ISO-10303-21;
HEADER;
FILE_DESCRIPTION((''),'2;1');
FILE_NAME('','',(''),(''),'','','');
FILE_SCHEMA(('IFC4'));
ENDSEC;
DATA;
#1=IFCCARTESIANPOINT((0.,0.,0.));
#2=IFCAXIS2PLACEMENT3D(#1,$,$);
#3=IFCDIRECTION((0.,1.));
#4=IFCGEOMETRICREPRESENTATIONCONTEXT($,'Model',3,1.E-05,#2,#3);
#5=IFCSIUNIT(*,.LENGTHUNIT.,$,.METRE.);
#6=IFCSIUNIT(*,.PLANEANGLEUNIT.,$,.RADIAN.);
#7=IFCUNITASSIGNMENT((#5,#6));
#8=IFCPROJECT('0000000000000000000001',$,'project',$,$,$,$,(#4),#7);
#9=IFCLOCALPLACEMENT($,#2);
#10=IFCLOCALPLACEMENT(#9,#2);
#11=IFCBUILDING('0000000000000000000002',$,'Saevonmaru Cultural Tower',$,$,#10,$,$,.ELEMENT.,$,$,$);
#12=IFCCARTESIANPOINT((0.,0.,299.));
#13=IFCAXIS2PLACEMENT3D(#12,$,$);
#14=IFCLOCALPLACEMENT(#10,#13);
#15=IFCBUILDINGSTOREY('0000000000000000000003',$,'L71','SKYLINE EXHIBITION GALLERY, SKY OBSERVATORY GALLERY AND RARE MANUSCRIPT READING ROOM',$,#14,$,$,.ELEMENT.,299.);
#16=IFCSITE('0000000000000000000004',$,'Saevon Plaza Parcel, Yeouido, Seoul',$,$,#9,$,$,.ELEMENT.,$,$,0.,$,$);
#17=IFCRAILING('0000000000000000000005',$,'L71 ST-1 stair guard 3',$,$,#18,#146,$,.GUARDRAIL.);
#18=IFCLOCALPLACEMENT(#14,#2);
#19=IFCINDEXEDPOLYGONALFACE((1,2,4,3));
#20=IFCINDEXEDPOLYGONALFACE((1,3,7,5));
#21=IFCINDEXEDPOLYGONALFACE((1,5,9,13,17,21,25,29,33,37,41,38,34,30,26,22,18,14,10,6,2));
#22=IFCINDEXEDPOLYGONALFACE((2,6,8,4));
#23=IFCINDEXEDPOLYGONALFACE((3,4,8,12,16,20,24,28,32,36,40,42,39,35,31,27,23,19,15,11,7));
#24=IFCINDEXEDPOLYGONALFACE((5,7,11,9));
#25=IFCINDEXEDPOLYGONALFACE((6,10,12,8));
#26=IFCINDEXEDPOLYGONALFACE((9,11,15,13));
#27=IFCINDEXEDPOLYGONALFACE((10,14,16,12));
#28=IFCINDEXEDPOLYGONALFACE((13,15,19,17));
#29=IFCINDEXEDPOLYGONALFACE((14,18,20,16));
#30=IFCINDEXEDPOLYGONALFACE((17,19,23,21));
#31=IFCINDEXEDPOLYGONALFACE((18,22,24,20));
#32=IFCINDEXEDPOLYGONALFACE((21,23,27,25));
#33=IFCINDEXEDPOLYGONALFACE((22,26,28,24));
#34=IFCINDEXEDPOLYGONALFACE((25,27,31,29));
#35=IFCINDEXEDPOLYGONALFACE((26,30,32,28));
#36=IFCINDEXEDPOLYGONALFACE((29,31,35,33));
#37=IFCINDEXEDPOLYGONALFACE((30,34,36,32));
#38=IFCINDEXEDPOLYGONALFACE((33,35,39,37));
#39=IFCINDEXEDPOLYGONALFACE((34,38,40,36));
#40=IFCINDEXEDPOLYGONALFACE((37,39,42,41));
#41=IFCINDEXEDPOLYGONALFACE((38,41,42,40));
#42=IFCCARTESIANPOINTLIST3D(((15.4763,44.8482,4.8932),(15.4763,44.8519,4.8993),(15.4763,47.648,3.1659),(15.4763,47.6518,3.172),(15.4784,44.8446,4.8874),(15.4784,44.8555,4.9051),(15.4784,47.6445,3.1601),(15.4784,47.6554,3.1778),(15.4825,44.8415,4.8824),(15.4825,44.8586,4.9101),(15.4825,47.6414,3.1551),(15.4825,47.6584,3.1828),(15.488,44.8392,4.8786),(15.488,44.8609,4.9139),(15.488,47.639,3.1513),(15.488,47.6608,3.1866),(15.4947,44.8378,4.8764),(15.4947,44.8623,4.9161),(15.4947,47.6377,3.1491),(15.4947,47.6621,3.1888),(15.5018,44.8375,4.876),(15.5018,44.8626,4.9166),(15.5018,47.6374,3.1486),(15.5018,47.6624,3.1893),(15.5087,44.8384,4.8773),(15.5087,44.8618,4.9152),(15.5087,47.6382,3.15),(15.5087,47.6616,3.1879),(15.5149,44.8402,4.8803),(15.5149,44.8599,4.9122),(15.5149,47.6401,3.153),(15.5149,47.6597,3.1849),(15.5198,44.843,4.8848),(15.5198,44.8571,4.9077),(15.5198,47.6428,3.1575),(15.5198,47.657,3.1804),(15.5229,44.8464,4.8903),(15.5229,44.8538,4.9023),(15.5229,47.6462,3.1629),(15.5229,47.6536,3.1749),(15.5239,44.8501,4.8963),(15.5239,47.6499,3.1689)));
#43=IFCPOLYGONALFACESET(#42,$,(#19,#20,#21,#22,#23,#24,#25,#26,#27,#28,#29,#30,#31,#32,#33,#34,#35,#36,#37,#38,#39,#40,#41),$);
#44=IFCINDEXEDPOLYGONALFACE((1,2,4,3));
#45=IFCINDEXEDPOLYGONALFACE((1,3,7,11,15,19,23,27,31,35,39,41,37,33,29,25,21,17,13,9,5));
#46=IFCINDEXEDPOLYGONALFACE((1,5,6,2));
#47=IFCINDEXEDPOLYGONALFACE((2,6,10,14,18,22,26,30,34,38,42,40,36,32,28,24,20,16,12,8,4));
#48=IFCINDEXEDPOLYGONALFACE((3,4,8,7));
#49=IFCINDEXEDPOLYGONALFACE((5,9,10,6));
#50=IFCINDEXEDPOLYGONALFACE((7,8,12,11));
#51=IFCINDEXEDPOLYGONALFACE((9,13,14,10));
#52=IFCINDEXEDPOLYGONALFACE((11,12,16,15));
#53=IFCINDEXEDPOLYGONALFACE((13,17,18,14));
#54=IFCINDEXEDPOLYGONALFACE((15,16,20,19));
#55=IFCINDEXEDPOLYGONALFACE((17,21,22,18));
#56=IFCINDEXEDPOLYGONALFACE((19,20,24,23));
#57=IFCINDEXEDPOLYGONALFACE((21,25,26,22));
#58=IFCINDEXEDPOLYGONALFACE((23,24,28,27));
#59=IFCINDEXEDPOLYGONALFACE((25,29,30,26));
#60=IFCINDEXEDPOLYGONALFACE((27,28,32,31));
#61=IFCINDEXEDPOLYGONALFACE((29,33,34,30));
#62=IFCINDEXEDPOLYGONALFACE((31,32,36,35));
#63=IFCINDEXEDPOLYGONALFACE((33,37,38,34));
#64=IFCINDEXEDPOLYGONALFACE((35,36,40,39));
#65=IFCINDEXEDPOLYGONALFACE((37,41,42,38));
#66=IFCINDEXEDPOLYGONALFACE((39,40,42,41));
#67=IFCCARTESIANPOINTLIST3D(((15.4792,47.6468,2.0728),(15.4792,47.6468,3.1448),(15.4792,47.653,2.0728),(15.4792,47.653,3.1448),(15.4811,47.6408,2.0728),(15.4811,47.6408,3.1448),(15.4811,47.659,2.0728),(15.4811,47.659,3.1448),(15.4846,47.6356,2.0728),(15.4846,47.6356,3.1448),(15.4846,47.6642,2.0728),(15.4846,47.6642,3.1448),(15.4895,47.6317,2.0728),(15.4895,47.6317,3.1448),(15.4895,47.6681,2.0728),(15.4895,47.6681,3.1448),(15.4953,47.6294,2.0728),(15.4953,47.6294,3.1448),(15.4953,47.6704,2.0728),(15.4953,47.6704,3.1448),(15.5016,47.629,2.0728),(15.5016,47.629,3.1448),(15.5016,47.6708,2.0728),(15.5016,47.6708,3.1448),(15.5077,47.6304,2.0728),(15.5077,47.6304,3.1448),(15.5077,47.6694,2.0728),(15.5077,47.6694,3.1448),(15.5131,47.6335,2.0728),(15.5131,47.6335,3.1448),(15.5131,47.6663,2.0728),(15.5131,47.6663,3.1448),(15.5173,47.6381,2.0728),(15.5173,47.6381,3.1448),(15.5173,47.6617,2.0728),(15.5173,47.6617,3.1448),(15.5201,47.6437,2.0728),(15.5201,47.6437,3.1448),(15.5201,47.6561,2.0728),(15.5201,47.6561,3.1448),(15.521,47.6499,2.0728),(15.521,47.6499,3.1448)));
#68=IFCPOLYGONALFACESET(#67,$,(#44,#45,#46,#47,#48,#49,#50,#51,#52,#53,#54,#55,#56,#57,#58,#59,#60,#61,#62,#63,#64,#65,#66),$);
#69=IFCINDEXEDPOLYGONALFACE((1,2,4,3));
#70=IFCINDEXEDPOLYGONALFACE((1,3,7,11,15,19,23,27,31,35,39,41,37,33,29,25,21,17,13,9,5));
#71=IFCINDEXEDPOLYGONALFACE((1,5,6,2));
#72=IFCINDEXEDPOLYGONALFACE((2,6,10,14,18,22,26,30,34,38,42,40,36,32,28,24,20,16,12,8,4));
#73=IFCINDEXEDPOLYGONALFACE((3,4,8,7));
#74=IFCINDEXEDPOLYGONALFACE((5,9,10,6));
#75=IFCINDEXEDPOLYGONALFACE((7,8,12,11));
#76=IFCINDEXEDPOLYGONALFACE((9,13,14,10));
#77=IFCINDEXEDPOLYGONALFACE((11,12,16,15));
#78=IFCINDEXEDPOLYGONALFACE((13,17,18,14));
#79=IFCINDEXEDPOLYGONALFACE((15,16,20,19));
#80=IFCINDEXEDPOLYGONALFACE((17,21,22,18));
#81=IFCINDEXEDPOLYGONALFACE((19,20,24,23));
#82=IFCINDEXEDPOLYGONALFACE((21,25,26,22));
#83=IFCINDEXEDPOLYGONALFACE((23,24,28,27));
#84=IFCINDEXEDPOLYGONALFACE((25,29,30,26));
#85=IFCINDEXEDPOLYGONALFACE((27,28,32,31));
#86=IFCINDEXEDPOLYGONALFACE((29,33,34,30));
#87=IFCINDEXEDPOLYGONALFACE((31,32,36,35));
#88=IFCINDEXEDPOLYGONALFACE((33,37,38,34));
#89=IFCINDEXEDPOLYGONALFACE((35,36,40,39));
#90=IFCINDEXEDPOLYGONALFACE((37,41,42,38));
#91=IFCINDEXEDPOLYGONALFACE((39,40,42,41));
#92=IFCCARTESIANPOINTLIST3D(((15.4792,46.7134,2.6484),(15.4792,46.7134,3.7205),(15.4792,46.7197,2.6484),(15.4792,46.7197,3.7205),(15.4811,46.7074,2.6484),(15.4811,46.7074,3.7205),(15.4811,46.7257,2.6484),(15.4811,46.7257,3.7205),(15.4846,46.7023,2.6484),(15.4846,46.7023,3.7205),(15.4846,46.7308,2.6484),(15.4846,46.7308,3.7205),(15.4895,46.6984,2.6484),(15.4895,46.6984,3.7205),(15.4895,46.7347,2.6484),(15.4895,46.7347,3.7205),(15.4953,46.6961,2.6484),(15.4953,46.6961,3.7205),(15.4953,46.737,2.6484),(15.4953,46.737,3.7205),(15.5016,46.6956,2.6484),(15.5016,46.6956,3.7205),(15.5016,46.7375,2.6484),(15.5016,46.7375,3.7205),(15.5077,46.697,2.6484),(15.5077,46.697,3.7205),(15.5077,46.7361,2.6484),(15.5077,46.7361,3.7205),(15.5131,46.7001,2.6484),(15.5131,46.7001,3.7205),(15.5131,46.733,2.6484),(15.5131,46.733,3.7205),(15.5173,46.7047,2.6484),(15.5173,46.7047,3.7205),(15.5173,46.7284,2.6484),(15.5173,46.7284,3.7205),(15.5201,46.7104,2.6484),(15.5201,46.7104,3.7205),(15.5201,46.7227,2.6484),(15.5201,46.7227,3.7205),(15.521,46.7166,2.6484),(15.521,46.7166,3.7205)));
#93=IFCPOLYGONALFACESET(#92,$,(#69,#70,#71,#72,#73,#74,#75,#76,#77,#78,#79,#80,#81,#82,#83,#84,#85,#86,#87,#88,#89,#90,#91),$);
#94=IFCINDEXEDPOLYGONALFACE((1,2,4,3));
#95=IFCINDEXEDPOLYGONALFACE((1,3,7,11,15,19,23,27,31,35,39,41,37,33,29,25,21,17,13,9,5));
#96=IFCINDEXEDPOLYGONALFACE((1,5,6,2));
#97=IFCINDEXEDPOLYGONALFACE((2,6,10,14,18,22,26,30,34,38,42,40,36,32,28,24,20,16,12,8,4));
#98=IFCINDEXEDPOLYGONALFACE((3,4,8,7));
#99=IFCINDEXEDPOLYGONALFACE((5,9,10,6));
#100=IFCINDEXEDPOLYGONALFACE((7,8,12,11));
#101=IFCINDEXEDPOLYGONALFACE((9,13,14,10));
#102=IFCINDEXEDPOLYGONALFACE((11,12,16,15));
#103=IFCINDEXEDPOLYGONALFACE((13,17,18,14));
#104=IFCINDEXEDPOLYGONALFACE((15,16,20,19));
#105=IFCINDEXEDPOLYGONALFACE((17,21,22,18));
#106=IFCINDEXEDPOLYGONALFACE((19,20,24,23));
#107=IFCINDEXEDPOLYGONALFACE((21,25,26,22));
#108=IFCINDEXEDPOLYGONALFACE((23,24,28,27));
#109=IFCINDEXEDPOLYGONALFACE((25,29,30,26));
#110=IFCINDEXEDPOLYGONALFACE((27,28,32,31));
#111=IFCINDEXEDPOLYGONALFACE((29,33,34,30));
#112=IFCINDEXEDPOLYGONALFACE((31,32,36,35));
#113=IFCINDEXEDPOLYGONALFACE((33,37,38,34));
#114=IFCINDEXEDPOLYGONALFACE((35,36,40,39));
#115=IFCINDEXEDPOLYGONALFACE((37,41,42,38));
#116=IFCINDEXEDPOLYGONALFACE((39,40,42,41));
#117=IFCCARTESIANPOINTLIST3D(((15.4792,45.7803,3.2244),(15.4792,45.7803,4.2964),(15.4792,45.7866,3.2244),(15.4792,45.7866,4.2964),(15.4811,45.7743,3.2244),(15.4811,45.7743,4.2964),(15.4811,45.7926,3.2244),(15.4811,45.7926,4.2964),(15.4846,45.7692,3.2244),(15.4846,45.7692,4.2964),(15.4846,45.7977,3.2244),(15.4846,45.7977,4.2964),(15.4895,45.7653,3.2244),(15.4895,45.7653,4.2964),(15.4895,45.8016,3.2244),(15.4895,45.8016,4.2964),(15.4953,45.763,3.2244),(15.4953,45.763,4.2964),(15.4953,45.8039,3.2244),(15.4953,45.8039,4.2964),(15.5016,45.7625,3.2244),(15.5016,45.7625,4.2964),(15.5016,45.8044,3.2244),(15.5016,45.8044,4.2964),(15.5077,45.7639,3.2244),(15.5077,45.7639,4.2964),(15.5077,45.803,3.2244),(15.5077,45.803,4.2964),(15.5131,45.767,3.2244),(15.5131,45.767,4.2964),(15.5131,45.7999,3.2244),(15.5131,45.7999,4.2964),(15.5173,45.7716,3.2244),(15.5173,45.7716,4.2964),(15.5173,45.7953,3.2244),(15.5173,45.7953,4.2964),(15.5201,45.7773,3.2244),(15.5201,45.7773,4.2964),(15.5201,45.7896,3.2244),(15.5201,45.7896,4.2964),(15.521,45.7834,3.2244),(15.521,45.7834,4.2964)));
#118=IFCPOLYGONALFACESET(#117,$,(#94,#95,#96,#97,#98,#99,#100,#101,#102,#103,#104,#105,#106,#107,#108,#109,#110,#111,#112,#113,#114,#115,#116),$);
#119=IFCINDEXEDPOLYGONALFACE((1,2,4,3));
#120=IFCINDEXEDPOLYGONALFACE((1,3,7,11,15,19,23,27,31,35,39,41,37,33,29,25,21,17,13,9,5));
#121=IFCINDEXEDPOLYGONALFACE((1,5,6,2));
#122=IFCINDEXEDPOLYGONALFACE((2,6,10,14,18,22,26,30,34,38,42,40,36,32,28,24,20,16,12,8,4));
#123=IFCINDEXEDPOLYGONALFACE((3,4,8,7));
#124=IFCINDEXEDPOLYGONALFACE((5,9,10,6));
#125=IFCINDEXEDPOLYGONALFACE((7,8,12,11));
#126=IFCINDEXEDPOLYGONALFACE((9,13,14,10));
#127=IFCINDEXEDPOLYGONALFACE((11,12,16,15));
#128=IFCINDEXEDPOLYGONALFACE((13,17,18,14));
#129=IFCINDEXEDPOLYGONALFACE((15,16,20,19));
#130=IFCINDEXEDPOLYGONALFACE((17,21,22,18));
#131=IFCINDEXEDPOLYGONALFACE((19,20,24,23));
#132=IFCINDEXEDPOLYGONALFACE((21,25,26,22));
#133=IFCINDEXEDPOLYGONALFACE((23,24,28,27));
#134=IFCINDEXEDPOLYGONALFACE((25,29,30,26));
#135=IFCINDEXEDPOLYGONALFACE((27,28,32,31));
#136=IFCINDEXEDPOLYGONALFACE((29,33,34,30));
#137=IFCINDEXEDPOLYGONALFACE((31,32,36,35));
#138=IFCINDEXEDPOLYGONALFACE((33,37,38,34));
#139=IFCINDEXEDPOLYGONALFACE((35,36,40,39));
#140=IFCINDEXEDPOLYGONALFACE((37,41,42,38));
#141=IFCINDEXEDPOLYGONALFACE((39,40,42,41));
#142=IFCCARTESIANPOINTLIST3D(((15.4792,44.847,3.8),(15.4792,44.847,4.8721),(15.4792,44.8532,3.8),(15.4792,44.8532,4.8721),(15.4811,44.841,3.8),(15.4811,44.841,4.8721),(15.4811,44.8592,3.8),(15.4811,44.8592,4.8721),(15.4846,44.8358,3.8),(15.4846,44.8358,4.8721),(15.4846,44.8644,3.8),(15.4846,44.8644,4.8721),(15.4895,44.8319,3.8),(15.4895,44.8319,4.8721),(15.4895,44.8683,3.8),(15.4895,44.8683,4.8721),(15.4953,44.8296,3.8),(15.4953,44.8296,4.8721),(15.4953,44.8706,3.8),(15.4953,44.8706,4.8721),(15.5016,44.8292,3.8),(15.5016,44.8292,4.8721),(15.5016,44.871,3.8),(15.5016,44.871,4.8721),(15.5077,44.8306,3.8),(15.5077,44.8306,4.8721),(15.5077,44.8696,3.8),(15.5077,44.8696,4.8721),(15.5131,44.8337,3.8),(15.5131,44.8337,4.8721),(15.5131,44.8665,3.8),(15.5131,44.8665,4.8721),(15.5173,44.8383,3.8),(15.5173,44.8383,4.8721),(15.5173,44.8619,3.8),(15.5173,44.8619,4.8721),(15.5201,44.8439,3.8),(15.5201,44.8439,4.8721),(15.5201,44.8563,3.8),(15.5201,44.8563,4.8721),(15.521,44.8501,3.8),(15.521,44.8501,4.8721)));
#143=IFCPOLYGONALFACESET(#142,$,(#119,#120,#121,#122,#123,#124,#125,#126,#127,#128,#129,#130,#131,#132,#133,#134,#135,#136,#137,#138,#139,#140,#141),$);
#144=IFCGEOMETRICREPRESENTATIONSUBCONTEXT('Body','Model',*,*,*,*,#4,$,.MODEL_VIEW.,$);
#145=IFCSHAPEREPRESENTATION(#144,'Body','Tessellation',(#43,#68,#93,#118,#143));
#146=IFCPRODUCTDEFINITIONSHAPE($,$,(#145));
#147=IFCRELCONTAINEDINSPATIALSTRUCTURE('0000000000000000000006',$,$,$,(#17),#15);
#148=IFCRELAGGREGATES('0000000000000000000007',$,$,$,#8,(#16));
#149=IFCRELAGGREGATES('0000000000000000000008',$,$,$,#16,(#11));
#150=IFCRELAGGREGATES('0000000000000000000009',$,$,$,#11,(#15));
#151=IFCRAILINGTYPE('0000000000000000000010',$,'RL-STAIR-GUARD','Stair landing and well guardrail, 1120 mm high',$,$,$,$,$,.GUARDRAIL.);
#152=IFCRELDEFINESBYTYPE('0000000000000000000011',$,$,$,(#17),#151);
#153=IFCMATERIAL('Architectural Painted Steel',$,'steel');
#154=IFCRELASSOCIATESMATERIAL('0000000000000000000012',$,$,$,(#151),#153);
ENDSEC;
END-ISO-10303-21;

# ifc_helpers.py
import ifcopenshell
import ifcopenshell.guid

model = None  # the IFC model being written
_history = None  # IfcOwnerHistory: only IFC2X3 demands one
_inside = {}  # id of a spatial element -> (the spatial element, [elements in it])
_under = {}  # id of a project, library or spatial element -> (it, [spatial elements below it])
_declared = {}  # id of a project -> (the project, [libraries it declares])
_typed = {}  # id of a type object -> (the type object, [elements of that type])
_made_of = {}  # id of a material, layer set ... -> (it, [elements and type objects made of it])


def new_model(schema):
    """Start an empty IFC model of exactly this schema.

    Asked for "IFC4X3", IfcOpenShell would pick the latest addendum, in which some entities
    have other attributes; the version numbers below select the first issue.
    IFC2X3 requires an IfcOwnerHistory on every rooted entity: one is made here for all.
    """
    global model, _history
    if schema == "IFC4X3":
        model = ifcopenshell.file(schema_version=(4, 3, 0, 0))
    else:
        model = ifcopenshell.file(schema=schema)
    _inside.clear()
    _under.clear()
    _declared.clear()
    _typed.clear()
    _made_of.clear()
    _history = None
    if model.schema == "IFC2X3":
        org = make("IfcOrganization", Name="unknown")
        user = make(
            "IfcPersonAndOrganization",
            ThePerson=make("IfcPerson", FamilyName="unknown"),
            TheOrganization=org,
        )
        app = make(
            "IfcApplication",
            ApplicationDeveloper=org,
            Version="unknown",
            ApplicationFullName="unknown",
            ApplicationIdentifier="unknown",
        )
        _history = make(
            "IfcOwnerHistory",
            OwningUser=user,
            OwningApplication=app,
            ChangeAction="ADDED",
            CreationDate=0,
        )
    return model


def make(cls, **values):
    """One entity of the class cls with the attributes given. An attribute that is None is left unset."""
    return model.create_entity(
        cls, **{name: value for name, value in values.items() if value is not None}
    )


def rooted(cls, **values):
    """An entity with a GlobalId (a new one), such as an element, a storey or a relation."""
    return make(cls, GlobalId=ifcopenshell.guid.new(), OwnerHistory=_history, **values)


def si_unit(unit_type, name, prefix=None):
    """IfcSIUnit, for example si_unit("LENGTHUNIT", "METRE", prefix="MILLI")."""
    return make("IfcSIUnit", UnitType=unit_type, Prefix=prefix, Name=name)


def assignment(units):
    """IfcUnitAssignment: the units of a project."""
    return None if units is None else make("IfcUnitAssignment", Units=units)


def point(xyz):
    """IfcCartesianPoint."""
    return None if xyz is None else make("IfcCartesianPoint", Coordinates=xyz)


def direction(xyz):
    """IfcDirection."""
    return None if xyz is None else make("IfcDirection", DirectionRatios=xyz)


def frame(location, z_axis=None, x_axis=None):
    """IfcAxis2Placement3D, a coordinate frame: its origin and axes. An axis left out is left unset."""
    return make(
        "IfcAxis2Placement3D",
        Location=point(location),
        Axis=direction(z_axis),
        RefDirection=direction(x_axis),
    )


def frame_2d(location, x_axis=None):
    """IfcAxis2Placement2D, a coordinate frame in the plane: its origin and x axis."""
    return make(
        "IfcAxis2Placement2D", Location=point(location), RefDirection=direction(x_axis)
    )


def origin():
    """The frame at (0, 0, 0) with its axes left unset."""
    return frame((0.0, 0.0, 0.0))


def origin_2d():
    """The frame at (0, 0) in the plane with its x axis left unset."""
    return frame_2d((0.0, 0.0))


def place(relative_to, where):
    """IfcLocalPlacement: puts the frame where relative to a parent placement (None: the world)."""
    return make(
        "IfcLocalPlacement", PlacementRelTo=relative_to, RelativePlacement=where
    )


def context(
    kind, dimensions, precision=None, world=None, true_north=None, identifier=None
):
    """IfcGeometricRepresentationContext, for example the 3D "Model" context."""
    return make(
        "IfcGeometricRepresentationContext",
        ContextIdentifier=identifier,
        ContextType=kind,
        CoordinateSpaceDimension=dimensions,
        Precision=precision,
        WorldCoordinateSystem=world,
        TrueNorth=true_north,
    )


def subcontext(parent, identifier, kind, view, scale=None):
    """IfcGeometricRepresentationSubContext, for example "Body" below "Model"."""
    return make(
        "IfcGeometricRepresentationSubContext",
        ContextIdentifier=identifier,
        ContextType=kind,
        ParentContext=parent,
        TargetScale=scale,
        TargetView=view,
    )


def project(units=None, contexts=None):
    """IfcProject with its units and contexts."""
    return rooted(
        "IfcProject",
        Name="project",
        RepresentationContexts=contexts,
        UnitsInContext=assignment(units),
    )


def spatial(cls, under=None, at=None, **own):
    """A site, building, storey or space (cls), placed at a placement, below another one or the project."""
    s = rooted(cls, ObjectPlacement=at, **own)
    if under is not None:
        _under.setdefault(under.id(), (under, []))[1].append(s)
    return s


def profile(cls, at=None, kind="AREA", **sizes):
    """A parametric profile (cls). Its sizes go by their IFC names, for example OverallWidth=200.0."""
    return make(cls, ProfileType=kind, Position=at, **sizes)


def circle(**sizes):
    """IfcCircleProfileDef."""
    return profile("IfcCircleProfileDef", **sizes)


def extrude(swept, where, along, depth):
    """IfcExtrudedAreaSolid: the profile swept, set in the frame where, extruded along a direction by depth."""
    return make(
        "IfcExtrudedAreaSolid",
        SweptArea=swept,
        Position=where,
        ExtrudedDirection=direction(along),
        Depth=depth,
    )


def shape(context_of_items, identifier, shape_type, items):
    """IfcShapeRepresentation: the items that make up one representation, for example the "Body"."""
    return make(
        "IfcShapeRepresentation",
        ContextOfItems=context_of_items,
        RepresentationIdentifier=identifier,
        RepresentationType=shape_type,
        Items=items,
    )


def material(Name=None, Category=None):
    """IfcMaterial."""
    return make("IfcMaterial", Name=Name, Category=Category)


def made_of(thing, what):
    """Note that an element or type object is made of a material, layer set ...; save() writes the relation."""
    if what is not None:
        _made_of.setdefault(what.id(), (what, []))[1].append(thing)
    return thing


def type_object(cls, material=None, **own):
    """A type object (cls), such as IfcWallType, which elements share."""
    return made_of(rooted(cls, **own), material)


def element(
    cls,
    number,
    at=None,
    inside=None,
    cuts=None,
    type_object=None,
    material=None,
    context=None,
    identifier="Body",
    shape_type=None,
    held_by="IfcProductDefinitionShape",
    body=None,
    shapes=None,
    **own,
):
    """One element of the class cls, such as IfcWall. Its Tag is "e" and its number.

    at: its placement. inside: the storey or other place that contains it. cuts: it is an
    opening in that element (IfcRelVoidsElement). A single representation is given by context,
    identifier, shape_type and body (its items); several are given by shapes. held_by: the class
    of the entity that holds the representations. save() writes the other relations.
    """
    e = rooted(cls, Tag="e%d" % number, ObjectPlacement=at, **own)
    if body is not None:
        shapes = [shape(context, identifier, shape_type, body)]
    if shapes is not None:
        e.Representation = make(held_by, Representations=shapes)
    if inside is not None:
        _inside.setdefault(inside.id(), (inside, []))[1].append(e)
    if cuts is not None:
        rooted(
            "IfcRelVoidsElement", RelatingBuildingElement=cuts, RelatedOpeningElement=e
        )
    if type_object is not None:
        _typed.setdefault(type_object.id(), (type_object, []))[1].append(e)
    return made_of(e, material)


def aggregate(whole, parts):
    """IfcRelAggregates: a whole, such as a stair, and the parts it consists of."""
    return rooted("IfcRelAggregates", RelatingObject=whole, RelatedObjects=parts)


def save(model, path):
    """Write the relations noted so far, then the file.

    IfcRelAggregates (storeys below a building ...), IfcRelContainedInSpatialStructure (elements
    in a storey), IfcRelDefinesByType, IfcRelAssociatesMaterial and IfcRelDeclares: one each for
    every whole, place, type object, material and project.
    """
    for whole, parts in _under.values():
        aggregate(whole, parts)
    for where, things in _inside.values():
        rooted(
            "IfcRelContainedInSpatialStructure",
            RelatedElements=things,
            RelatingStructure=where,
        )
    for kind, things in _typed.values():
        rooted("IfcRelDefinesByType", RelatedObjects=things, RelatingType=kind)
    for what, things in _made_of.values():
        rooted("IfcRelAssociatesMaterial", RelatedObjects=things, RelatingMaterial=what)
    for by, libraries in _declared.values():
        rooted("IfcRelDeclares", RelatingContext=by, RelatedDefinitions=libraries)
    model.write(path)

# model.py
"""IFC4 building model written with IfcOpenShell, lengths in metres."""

from ifc_helpers import new_model, si_unit, direction, frame, origin, origin_2d, place, context, subcontext, project, spatial, circle, extrude, material, type_object, element, save


model = new_model("IFC4")

# Units and contexts
model_context = context("Model", 3, precision=1e-05, world=origin(), true_north=direction((0.0, 1.0)))
body_context = subcontext(model_context, "Body", "Model", "MODEL_VIEW")
ifc_project = project(units=[si_unit("LENGTHUNIT", "METRE"), si_unit("PLANEANGLEUNIT", "RADIAN")], contexts=[model_context])

# Site, building, storey
site_placement = place(None, origin())
site = spatial("IfcSite", under=ifc_project, at=site_placement, Name="Saevon Plaza Parcel, Yeouido, Seoul", CompositionType="ELEMENT", RefElevation=0.0)
building_placement = place(site_placement, origin())
building = spatial("IfcBuilding", under=site, at=building_placement, Name="Saevonmaru Cultural Tower", CompositionType="ELEMENT")
storey_placement = place(building_placement, frame((0.0, 0.0, 299.0)))
storey = spatial("IfcBuildingStorey", under=building, at=storey_placement, Name="L71", Description="SKYLINE EXHIBITION GALLERY, SKY OBSERVATORY GALLERY AND RARE MANUSCRIPT READING ROOM", CompositionType="ELEMENT", Elevation=299.0)

# Railing
ifc_material_1 = material(Name="Architectural Painted Steel", Category="steel")
railing_type_1 = type_object("IfcRailingType", Name="RL-STAIR-GUARD", Description="Stair landing and well guardrail, 1120 mm high", PredefinedType="GUARDRAIL", material=ifc_material_1)
railing_1_placement = place(storey_placement, frame((15.5, 47.6499, 2.0728)))
element("IfcRailing", 1, at=railing_1_placement, inside=storey, type_object=railing_type_1, Name="L71 ST-1 stair guard 3", PredefinedType="GUARDRAIL", context=body_context, shape_type="SweptSolid", body=[
    extrude(circle(Radius=0.0239, at=origin_2d()), frame((0.0, 0.0, 1.0962), z_axis=(0.0, -0.851069, 0.525054), x_axis=(1.0, 0.0, 0.0)), (0.0, 0.0, 1.0), 3.2898),
    extrude(circle(Radius=0.021, at=origin_2d()), origin(), (0.0, 0.0, 1.0), 1.072),
    extrude(circle(Radius=0.021, at=origin_2d()), frame((0.0, -0.9333, 0.5757)), (0.0, 0.0, 1.0), 1.072),
    extrude(circle(Radius=0.021, at=origin_2d()), frame((0.0, -1.8665, 1.1516)), (0.0, 0.0, 1.0), 1.072),
    extrude(circle(Radius=0.021, at=origin_2d()), frame((0.0, -2.7998, 1.7273)), (0.0, 0.0, 1.0), 1.072),
])

save(model, "model.ifc")
